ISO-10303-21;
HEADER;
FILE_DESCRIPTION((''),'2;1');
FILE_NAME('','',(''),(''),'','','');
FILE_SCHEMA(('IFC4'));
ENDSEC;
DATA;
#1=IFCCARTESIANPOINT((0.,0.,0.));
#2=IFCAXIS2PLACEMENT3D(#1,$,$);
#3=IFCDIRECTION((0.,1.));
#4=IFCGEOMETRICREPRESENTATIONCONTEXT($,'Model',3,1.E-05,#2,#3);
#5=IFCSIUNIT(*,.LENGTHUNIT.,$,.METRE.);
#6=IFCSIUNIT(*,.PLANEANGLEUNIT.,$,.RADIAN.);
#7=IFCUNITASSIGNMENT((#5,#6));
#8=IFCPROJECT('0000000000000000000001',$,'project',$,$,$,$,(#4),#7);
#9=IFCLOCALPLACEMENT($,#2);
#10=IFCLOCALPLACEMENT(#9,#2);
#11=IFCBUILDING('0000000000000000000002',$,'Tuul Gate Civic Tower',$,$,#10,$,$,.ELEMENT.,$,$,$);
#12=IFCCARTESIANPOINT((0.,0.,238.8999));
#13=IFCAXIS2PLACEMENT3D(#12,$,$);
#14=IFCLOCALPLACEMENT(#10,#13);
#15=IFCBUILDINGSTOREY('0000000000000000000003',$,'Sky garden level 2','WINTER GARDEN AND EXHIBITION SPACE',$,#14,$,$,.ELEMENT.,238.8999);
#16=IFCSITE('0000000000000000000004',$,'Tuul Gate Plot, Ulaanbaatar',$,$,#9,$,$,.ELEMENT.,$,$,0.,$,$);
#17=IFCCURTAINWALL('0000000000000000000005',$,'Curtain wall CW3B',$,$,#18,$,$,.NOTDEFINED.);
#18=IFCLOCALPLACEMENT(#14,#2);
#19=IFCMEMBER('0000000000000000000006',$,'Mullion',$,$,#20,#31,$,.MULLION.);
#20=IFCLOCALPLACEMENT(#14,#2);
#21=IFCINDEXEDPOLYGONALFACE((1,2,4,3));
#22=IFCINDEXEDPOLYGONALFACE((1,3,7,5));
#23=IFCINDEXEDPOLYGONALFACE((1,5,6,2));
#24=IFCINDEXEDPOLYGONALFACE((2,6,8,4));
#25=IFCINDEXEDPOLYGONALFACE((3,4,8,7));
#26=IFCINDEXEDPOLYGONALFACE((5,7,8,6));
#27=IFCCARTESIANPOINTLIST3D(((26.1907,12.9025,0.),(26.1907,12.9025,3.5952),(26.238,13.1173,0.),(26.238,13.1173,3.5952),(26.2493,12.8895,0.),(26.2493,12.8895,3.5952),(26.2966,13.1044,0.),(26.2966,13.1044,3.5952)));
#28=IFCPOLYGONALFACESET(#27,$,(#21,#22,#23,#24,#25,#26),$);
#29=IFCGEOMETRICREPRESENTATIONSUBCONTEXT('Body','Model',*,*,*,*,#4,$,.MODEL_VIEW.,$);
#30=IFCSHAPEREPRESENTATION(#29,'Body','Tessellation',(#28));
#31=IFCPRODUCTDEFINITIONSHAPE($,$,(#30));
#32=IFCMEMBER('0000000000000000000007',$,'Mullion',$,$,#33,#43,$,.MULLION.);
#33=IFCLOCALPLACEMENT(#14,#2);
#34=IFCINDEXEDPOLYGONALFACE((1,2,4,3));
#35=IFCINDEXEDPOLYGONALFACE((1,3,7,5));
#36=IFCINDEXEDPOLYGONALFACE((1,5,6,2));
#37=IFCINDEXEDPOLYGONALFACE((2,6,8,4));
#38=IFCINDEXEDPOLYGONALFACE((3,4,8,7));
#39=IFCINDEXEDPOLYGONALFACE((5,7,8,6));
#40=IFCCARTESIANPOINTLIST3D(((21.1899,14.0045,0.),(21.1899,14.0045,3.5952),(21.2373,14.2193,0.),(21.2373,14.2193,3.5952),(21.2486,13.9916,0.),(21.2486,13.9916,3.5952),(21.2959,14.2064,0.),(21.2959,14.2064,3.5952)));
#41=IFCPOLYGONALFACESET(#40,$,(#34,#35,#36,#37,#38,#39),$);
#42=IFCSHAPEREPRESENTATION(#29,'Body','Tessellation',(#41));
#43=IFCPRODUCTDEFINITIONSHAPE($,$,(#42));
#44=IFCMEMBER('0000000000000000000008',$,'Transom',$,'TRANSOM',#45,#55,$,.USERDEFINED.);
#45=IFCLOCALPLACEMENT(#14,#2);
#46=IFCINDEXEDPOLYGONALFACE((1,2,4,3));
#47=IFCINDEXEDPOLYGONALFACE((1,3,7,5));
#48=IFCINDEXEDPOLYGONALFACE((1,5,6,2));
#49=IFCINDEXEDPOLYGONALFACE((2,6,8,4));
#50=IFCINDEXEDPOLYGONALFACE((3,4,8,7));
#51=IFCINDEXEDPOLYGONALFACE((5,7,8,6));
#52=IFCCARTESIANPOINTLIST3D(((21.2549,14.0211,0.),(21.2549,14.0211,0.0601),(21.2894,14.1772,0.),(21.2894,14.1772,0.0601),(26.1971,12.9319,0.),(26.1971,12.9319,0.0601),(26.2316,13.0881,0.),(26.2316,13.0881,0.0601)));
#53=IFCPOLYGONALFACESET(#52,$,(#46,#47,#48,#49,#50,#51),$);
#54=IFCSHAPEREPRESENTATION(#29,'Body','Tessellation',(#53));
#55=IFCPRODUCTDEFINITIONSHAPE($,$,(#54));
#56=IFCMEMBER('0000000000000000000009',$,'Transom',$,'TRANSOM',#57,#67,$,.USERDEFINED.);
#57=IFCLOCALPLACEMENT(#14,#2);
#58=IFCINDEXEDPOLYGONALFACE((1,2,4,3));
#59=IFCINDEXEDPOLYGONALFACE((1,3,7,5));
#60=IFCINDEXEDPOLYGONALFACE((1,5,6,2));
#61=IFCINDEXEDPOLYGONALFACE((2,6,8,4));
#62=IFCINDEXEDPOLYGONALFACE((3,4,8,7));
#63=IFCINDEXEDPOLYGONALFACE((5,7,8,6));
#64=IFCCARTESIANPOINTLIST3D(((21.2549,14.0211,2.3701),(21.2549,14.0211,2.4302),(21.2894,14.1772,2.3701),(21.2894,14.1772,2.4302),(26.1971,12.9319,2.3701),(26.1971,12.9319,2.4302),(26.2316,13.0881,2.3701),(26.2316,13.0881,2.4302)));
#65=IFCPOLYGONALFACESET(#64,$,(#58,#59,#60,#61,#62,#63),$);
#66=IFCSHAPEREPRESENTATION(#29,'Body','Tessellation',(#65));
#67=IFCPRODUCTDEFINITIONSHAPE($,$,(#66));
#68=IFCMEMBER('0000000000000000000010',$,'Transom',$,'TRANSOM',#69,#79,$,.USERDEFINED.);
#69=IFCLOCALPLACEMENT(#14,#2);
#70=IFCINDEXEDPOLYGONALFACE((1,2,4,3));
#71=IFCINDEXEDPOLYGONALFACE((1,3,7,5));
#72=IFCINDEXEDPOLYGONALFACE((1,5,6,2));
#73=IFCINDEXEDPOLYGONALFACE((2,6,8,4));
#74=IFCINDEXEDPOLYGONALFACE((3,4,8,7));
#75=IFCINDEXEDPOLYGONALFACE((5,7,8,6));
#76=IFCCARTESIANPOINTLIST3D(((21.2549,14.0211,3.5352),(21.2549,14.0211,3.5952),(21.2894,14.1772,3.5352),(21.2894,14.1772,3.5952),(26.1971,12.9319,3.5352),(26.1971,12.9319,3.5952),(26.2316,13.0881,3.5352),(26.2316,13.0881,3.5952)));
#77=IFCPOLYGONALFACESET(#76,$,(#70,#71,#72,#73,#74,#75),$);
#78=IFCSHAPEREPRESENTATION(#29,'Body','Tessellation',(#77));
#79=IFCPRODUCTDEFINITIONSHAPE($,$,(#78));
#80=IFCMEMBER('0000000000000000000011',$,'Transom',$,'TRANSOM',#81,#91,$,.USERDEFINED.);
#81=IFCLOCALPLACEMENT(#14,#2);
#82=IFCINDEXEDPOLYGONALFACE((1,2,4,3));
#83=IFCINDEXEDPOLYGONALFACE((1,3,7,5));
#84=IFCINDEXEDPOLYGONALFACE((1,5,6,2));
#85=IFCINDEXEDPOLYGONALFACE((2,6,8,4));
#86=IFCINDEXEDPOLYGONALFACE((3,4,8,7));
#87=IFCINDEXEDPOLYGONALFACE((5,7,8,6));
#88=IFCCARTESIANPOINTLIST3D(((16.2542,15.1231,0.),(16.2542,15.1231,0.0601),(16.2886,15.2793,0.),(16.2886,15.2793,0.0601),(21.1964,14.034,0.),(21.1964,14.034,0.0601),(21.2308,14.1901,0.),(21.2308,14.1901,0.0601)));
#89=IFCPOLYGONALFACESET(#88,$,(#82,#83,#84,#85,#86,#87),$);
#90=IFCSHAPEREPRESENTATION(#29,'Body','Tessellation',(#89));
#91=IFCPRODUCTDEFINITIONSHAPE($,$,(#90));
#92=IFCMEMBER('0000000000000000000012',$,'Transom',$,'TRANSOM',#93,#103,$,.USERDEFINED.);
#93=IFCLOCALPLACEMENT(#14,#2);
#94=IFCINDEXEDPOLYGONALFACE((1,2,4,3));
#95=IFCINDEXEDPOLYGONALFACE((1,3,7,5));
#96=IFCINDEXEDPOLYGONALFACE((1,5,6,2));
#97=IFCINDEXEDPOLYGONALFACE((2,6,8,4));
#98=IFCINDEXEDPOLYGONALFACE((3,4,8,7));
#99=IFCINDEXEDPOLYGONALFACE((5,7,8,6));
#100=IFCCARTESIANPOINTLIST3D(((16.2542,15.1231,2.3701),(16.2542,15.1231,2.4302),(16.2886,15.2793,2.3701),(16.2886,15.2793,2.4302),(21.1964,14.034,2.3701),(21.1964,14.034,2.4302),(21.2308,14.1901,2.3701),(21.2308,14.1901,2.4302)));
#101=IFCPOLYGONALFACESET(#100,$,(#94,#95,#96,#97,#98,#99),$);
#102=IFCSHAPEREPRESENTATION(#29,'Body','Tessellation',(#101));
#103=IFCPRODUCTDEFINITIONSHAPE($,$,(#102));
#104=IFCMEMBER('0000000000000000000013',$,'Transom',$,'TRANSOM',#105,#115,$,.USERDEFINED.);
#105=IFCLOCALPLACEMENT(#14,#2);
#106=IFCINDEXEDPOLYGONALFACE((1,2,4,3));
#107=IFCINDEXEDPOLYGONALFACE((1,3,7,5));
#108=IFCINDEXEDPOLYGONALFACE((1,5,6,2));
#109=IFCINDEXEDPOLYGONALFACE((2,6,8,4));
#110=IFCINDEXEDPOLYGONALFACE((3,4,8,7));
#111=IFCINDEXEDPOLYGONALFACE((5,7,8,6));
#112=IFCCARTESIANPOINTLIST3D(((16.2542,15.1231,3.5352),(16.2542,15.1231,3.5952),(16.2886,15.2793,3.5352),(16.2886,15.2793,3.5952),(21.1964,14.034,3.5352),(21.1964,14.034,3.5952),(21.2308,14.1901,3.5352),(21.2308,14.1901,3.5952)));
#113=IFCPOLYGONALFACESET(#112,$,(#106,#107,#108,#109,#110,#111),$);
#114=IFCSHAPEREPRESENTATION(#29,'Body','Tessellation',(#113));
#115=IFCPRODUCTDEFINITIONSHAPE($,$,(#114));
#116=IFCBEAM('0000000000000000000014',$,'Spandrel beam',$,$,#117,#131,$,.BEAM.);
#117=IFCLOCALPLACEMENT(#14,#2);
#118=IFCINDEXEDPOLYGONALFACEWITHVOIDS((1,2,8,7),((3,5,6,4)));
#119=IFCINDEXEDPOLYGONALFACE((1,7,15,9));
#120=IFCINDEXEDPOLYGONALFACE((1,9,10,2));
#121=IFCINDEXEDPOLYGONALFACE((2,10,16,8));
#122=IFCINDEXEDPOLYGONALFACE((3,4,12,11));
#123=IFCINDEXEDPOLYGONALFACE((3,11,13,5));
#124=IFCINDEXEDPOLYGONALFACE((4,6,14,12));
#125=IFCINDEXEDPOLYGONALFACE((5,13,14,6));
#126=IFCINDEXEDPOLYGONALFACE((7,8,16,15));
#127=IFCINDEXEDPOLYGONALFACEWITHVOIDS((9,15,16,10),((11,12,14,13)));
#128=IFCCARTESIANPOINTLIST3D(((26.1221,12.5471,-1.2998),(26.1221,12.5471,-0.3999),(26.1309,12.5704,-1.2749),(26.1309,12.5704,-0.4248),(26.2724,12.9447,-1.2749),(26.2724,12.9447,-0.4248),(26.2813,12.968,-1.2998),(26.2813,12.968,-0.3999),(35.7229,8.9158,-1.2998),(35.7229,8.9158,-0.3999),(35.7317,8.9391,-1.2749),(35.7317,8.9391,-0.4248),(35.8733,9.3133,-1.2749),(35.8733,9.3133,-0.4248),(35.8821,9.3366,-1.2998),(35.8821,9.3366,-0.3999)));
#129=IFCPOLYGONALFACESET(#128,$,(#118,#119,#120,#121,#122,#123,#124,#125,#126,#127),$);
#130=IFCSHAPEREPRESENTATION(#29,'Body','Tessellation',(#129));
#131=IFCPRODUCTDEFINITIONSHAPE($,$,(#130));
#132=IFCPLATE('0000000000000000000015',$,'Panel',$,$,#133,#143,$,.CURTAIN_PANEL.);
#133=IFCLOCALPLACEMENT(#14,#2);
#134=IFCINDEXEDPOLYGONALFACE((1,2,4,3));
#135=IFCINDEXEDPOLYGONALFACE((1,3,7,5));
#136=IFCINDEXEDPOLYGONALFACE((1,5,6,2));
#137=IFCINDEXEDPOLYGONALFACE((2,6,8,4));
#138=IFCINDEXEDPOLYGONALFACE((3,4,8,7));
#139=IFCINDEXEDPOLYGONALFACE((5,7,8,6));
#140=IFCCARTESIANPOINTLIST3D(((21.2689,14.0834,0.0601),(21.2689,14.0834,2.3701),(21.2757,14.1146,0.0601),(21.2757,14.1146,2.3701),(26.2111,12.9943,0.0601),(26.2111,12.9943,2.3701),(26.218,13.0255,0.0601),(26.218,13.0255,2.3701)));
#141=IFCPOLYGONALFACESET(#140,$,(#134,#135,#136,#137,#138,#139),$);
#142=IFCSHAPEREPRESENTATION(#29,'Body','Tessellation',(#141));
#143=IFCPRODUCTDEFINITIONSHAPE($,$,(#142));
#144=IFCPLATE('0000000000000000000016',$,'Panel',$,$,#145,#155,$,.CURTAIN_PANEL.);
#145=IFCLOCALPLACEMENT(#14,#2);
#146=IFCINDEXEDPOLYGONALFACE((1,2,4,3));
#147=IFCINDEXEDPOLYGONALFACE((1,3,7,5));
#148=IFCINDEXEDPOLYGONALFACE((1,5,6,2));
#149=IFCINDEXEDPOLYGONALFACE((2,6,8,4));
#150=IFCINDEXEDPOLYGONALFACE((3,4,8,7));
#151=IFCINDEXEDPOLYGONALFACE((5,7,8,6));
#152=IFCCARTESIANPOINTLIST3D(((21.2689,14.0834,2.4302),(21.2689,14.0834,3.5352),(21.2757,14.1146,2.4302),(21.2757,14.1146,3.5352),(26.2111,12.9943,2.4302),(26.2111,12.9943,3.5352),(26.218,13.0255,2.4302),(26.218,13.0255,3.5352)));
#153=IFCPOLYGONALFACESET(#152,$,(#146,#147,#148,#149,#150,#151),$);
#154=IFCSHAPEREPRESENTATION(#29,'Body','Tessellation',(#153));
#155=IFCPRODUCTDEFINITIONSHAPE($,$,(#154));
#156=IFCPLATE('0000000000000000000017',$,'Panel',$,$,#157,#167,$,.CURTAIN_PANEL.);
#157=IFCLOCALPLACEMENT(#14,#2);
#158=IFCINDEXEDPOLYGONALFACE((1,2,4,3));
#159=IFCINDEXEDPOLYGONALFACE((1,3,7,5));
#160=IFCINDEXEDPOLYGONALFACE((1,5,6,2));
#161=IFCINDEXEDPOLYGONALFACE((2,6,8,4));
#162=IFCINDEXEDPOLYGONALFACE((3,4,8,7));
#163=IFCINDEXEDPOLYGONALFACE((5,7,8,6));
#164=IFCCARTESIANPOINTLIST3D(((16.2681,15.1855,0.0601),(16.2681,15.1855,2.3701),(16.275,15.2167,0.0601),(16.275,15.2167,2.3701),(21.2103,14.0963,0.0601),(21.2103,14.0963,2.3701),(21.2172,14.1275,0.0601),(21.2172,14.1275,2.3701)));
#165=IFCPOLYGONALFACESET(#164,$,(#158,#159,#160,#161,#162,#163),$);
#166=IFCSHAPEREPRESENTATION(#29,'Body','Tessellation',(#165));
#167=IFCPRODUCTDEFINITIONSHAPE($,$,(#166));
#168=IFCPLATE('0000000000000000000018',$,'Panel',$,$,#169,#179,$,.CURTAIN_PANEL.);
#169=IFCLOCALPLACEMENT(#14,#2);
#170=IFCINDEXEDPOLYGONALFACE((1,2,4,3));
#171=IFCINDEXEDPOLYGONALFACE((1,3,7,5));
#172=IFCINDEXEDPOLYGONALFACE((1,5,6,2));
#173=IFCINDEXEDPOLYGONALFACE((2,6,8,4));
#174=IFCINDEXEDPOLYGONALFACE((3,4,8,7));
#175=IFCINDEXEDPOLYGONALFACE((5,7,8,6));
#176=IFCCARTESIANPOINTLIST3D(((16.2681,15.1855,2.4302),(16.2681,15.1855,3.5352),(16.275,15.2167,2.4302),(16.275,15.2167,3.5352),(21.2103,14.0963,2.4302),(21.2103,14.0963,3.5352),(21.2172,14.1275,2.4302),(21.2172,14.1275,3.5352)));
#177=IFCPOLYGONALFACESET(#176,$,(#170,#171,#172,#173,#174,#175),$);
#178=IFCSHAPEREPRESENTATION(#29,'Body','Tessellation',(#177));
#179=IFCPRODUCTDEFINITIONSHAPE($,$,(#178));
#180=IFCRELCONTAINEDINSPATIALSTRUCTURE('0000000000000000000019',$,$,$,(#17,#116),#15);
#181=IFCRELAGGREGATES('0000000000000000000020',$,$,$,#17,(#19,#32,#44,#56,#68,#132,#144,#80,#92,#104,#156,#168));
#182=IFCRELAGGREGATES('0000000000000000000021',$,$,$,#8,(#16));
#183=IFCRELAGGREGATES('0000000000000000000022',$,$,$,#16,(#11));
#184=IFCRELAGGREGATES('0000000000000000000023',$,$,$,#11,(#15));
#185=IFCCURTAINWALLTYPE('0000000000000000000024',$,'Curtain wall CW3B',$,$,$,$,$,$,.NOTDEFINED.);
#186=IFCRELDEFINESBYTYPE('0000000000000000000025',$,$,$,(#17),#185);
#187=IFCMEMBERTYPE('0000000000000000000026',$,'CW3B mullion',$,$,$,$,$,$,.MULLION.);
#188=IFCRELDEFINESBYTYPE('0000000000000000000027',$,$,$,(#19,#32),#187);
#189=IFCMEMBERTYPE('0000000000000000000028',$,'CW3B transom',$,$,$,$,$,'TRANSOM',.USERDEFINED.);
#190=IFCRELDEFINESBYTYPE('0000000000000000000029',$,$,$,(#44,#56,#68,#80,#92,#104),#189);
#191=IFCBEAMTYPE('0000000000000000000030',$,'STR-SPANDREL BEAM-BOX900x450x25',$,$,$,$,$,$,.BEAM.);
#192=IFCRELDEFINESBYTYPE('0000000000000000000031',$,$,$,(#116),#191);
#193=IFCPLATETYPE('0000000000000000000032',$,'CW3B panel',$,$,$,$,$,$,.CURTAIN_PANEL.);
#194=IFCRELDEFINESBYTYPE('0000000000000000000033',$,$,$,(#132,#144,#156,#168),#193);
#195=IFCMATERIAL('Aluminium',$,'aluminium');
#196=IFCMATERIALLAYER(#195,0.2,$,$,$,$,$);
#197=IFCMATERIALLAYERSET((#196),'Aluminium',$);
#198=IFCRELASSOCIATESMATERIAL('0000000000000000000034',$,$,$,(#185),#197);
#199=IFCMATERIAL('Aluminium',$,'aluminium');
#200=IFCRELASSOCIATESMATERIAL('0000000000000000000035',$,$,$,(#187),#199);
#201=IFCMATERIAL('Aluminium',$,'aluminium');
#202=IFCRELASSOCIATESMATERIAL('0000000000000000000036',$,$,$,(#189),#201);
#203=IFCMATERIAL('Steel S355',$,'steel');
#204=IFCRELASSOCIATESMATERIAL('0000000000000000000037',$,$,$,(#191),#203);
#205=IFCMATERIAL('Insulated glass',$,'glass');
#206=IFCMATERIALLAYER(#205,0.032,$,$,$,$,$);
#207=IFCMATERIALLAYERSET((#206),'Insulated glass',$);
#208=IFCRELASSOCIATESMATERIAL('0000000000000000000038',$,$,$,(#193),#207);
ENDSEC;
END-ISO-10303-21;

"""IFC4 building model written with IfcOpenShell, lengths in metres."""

from ifc_helpers import new_model, si_unit, direction, frame, origin, origin_2d, place, context, subcontext, project, spatial, rectangle, hollow_rectangle, extrude, material, layer, layer_set, material_profile, profile_set, type_object, element, aggregate, save


model = new_model("IFC4")

# Units and contexts
model_context = context("Model", 3, precision=1e-05, world=origin(), true_north=direction((0.0, 1.0)))
body_context = subcontext(model_context, "Body", "Model", "MODEL_VIEW")
ifc_project = project(units=[si_unit("LENGTHUNIT", "METRE"), si_unit("PLANEANGLEUNIT", "RADIAN")], contexts=[model_context])

# Site, building, storey
site_placement = place(None, origin())
site = spatial("IfcSite", under=ifc_project, at=site_placement, Name="Tuul Gate Plot, Ulaanbaatar", CompositionType="ELEMENT", RefElevation=0.0)
building_placement = place(site_placement, origin())
building = spatial("IfcBuilding", under=site, at=building_placement, Name="Tuul Gate Civic Tower", CompositionType="ELEMENT")
storey_placement = place(building_placement, frame((0.0, 0.0, 238.8999)))
storey = spatial("IfcBuildingStorey", under=building, at=storey_placement, Name="Sky garden level 2", Description="WINTER GARDEN AND EXHIBITION SPACE", CompositionType="ELEMENT", Elevation=238.8999)

# Curtain wall, members
ifc_material_1 = material(Name="Aluminium", Category="aluminium")
ifc_layer_1 = layer(ifc_material_1, 0.2)
ifc_layer_set_1 = layer_set([ifc_layer_1], Name="Aluminium")
curtain_wall_type = type_object("IfcCurtainWallType", Name="Curtain wall CW3B", PredefinedType="NOTDEFINED", material=ifc_layer_set_1)
curtain_wall_placement = place(storey_placement, origin())
curtain_wall = element("IfcCurtainWall", 1, at=curtain_wall_placement, inside=storey, type_object=curtain_wall_type, Name="Curtain wall CW3B", PredefinedType="NOTDEFINED")
ifc_material_2 = material(Name="Aluminium", Category="aluminium")
ifc_material_profile_1 = material_profile(ifc_material_2, rectangle(XDim=0.22, YDim=0.0601, at=origin_2d()), Name="CW3B mullion")
ifc_profile_set_1 = profile_set([ifc_material_profile_1], Name="Aluminium")
member_type_1 = type_object("IfcMemberType", Name="CW3B mullion", PredefinedType="MULLION", material=ifc_profile_set_1)
member_1_placement = place(storey_placement, frame((26.2437, 13.0034, 0.0), z_axis=(0.0, 0.0, 1.0), x_axis=(-0.215214, -0.976567, 0.0)))
member_1 = element("IfcMember", 2, at=member_1_placement, type_object=member_type_1, Name="Mullion", PredefinedType="MULLION", context=body_context, shape_type="SweptSolid", body=[
    extrude(rectangle(XDim=0.22, YDim=0.0601, at=origin_2d()), origin(), (0.0, 0.0, 1.0), 3.5952),
])
member_2_placement = place(storey_placement, frame((21.2429, 14.1055, 0.0), z_axis=(0.0, 0.0, 1.0), x_axis=(-0.215214, -0.976567, 0.0)))
member_2 = element("IfcMember", 3, at=member_2_placement, type_object=member_type_1, Name="Mullion", PredefinedType="MULLION", context=body_context, shape_type="SweptSolid", body=[
    extrude(rectangle(XDim=0.22, YDim=0.0601, at=origin_2d()), origin(), (0.0, 0.0, 1.0), 3.5952),
])
ifc_material_3 = material(Name="Aluminium", Category="aluminium")
ifc_material_profile_2 = material_profile(ifc_material_3, rectangle(XDim=0.1599, YDim=0.0601, at=origin_2d()), Name="CW3B transom")
ifc_profile_set_2 = profile_set([ifc_material_profile_2], Name="Aluminium")
member_type_2 = type_object("IfcMemberType", Name="CW3B transom", ElementType="TRANSOM", PredefinedType="USERDEFINED", material=ifc_profile_set_2)
member_3_placement = place(storey_placement, frame((26.2144, 13.01, 0.03), z_axis=(-0.976568, 0.215209, 0.0), x_axis=(-0.215209, -0.976568, 0.0)))
member_3 = element("IfcMember", 4, at=member_3_placement, type_object=member_type_2, Name="Transom", ObjectType="TRANSOM", PredefinedType="USERDEFINED", context=body_context, shape_type="SweptSolid", body=[
    extrude(rectangle(XDim=0.1599, YDim=0.0601, at=origin_2d()), origin(), (0.0, 0.0, 1.0), 5.0608),
])
member_4_placement = place(storey_placement, frame((26.2144, 13.01, 2.4001), z_axis=(-0.976568, 0.215209, 0.0), x_axis=(-0.215209, -0.976568, 0.0)))
member_4 = element("IfcMember", 5, at=member_4_placement, type_object=member_type_2, Name="Transom", ObjectType="TRANSOM", PredefinedType="USERDEFINED", context=body_context, shape_type="SweptSolid", body=[
    extrude(rectangle(XDim=0.1599, YDim=0.0601, at=origin_2d()), origin(), (0.0, 0.0, 1.0), 5.0608),
])
member_5_placement = place(storey_placement, frame((26.2144, 13.01, 3.5652), z_axis=(-0.976568, 0.215209, 0.0), x_axis=(-0.215209, -0.976568, 0.0)))
member_5 = element("IfcMember", 6, at=member_5_placement, type_object=member_type_2, Name="Transom", ObjectType="TRANSOM", PredefinedType="USERDEFINED", context=body_context, shape_type="SweptSolid", body=[
    extrude(rectangle(XDim=0.1599, YDim=0.0601, at=origin_2d()), origin(), (0.0, 0.0, 1.0), 5.0608),
])
member_6_placement = place(storey_placement, frame((21.2136, 14.1121, 0.03), z_axis=(-0.976568, 0.215209, 0.0), x_axis=(-0.215209, -0.976568, 0.0)))
member_6 = element("IfcMember", 7, at=member_6_placement, type_object=member_type_2, Name="Transom", ObjectType="TRANSOM", PredefinedType="USERDEFINED", context=body_context, shape_type="SweptSolid", body=[
    extrude(rectangle(XDim=0.1599, YDim=0.0601, at=origin_2d()), origin(), (0.0, 0.0, 1.0), 5.0608),
])
member_7_placement = place(storey_placement, frame((21.2136, 14.1121, 2.4001), z_axis=(-0.976568, 0.215209, 0.0), x_axis=(-0.215209, -0.976568, 0.0)))
member_7 = element("IfcMember", 8, at=member_7_placement, type_object=member_type_2, Name="Transom", ObjectType="TRANSOM", PredefinedType="USERDEFINED", context=body_context, shape_type="SweptSolid", body=[
    extrude(rectangle(XDim=0.1599, YDim=0.0601, at=origin_2d()), origin(), (0.0, 0.0, 1.0), 5.0608),
])
member_8_placement = place(storey_placement, frame((21.2136, 14.1121, 3.5652), z_axis=(-0.976568, 0.215209, 0.0), x_axis=(-0.215209, -0.976568, 0.0)))
member_8 = element("IfcMember", 9, at=member_8_placement, type_object=member_type_2, Name="Transom", ObjectType="TRANSOM", PredefinedType="USERDEFINED", context=body_context, shape_type="SweptSolid", body=[
    extrude(rectangle(XDim=0.1599, YDim=0.0601, at=origin_2d()), origin(), (0.0, 0.0, 1.0), 5.0608),
])

# Beam
ifc_material_4 = material(Name="Steel S355", Category="steel")
ifc_material_profile_3 = material_profile(ifc_material_4, hollow_rectangle(XDim=0.45, YDim=0.8999, WallThickness=0.0249, at=origin_2d()), Name="BOX900x450x25")
ifc_profile_set_3 = profile_set([ifc_material_profile_3], Name="Steel S355")
beam_type = type_object("IfcBeamType", Name="STR-SPANDREL BEAM-BOX900x450x25", PredefinedType="BEAM", material=ifc_profile_set_3)
beam_placement = place(storey_placement, frame((26.2017, 12.7576, -0.8499), z_axis=(0.935331, -0.353773, 0.0), x_axis=(0.353773, 0.935331, 0.0)))
element("IfcBeam", 10, at=beam_placement, inside=storey, type_object=beam_type, Name="Spandrel beam", PredefinedType="BEAM", context=body_context, shape_type="SweptSolid", body=[
    extrude(hollow_rectangle(XDim=0.45, YDim=0.8999, WallThickness=0.0249, at=origin_2d()), origin(), (0.0, 0.0, 1.0), 10.2646),
])

# Plates
ifc_material_5 = material(Name="Insulated glass", Category="glass")
ifc_layer_2 = layer(ifc_material_5, 0.032)
ifc_layer_set_2 = layer_set([ifc_layer_2], Name="Insulated glass")
plate_type = type_object("IfcPlateType", Name="CW3B panel", PredefinedType="CURTAIN_PANEL", material=ifc_layer_set_2)
plate_1_placement = place(storey_placement, frame((23.7434, 13.5544, 0.0601), z_axis=(0.0, 0.0, 1.0), x_axis=(-0.976567, 0.215214, 0.0)))
plate_1 = element("IfcPlate", 11, at=plate_1_placement, type_object=plate_type, Name="Panel", PredefinedType="CURTAIN_PANEL", context=body_context, shape_type="SweptSolid", body=[
    extrude(rectangle(XDim=5.0608, YDim=0.032, at=origin_2d()), origin(), (0.0, 0.0, 1.0), 2.3101),
])
plate_2_placement = place(storey_placement, frame((23.7434, 13.5544, 2.4302), z_axis=(0.0, 0.0, 1.0), x_axis=(-0.976567, 0.215214, 0.0)))
plate_2 = element("IfcPlate", 12, at=plate_2_placement, type_object=plate_type, Name="Panel", PredefinedType="CURTAIN_PANEL", context=body_context, shape_type="SweptSolid", body=[
    extrude(rectangle(XDim=5.0608, YDim=0.032, at=origin_2d()), origin(), (0.0, 0.0, 1.0), 1.105),
])
plate_3_placement = place(storey_placement, frame((18.7427, 14.6565, 0.0601), z_axis=(0.0, 0.0, 1.0), x_axis=(-0.976567, 0.215214, 0.0)))
plate_3 = element("IfcPlate", 13, at=plate_3_placement, type_object=plate_type, Name="Panel", PredefinedType="CURTAIN_PANEL", context=body_context, shape_type="SweptSolid", body=[
    extrude(rectangle(XDim=5.0608, YDim=0.032, at=origin_2d()), origin(), (0.0, 0.0, 1.0), 2.3101),
])
plate_4_placement = place(storey_placement, frame((18.7427, 14.6565, 2.4302), z_axis=(0.0, 0.0, 1.0), x_axis=(-0.976567, 0.215214, 0.0)))
plate_4 = element("IfcPlate", 14, at=plate_4_placement, type_object=plate_type, Name="Panel", PredefinedType="CURTAIN_PANEL", context=body_context, shape_type="SweptSolid", body=[
    extrude(rectangle(XDim=5.0608, YDim=0.032, at=origin_2d()), origin(), (0.0, 0.0, 1.0), 1.105),
])
aggregate(curtain_wall, [member_1, member_2, member_3, member_4, member_5, plate_1, plate_2, member_6, member_7, member_8, plate_3, plate_4])

save(model, "model.ifc")
